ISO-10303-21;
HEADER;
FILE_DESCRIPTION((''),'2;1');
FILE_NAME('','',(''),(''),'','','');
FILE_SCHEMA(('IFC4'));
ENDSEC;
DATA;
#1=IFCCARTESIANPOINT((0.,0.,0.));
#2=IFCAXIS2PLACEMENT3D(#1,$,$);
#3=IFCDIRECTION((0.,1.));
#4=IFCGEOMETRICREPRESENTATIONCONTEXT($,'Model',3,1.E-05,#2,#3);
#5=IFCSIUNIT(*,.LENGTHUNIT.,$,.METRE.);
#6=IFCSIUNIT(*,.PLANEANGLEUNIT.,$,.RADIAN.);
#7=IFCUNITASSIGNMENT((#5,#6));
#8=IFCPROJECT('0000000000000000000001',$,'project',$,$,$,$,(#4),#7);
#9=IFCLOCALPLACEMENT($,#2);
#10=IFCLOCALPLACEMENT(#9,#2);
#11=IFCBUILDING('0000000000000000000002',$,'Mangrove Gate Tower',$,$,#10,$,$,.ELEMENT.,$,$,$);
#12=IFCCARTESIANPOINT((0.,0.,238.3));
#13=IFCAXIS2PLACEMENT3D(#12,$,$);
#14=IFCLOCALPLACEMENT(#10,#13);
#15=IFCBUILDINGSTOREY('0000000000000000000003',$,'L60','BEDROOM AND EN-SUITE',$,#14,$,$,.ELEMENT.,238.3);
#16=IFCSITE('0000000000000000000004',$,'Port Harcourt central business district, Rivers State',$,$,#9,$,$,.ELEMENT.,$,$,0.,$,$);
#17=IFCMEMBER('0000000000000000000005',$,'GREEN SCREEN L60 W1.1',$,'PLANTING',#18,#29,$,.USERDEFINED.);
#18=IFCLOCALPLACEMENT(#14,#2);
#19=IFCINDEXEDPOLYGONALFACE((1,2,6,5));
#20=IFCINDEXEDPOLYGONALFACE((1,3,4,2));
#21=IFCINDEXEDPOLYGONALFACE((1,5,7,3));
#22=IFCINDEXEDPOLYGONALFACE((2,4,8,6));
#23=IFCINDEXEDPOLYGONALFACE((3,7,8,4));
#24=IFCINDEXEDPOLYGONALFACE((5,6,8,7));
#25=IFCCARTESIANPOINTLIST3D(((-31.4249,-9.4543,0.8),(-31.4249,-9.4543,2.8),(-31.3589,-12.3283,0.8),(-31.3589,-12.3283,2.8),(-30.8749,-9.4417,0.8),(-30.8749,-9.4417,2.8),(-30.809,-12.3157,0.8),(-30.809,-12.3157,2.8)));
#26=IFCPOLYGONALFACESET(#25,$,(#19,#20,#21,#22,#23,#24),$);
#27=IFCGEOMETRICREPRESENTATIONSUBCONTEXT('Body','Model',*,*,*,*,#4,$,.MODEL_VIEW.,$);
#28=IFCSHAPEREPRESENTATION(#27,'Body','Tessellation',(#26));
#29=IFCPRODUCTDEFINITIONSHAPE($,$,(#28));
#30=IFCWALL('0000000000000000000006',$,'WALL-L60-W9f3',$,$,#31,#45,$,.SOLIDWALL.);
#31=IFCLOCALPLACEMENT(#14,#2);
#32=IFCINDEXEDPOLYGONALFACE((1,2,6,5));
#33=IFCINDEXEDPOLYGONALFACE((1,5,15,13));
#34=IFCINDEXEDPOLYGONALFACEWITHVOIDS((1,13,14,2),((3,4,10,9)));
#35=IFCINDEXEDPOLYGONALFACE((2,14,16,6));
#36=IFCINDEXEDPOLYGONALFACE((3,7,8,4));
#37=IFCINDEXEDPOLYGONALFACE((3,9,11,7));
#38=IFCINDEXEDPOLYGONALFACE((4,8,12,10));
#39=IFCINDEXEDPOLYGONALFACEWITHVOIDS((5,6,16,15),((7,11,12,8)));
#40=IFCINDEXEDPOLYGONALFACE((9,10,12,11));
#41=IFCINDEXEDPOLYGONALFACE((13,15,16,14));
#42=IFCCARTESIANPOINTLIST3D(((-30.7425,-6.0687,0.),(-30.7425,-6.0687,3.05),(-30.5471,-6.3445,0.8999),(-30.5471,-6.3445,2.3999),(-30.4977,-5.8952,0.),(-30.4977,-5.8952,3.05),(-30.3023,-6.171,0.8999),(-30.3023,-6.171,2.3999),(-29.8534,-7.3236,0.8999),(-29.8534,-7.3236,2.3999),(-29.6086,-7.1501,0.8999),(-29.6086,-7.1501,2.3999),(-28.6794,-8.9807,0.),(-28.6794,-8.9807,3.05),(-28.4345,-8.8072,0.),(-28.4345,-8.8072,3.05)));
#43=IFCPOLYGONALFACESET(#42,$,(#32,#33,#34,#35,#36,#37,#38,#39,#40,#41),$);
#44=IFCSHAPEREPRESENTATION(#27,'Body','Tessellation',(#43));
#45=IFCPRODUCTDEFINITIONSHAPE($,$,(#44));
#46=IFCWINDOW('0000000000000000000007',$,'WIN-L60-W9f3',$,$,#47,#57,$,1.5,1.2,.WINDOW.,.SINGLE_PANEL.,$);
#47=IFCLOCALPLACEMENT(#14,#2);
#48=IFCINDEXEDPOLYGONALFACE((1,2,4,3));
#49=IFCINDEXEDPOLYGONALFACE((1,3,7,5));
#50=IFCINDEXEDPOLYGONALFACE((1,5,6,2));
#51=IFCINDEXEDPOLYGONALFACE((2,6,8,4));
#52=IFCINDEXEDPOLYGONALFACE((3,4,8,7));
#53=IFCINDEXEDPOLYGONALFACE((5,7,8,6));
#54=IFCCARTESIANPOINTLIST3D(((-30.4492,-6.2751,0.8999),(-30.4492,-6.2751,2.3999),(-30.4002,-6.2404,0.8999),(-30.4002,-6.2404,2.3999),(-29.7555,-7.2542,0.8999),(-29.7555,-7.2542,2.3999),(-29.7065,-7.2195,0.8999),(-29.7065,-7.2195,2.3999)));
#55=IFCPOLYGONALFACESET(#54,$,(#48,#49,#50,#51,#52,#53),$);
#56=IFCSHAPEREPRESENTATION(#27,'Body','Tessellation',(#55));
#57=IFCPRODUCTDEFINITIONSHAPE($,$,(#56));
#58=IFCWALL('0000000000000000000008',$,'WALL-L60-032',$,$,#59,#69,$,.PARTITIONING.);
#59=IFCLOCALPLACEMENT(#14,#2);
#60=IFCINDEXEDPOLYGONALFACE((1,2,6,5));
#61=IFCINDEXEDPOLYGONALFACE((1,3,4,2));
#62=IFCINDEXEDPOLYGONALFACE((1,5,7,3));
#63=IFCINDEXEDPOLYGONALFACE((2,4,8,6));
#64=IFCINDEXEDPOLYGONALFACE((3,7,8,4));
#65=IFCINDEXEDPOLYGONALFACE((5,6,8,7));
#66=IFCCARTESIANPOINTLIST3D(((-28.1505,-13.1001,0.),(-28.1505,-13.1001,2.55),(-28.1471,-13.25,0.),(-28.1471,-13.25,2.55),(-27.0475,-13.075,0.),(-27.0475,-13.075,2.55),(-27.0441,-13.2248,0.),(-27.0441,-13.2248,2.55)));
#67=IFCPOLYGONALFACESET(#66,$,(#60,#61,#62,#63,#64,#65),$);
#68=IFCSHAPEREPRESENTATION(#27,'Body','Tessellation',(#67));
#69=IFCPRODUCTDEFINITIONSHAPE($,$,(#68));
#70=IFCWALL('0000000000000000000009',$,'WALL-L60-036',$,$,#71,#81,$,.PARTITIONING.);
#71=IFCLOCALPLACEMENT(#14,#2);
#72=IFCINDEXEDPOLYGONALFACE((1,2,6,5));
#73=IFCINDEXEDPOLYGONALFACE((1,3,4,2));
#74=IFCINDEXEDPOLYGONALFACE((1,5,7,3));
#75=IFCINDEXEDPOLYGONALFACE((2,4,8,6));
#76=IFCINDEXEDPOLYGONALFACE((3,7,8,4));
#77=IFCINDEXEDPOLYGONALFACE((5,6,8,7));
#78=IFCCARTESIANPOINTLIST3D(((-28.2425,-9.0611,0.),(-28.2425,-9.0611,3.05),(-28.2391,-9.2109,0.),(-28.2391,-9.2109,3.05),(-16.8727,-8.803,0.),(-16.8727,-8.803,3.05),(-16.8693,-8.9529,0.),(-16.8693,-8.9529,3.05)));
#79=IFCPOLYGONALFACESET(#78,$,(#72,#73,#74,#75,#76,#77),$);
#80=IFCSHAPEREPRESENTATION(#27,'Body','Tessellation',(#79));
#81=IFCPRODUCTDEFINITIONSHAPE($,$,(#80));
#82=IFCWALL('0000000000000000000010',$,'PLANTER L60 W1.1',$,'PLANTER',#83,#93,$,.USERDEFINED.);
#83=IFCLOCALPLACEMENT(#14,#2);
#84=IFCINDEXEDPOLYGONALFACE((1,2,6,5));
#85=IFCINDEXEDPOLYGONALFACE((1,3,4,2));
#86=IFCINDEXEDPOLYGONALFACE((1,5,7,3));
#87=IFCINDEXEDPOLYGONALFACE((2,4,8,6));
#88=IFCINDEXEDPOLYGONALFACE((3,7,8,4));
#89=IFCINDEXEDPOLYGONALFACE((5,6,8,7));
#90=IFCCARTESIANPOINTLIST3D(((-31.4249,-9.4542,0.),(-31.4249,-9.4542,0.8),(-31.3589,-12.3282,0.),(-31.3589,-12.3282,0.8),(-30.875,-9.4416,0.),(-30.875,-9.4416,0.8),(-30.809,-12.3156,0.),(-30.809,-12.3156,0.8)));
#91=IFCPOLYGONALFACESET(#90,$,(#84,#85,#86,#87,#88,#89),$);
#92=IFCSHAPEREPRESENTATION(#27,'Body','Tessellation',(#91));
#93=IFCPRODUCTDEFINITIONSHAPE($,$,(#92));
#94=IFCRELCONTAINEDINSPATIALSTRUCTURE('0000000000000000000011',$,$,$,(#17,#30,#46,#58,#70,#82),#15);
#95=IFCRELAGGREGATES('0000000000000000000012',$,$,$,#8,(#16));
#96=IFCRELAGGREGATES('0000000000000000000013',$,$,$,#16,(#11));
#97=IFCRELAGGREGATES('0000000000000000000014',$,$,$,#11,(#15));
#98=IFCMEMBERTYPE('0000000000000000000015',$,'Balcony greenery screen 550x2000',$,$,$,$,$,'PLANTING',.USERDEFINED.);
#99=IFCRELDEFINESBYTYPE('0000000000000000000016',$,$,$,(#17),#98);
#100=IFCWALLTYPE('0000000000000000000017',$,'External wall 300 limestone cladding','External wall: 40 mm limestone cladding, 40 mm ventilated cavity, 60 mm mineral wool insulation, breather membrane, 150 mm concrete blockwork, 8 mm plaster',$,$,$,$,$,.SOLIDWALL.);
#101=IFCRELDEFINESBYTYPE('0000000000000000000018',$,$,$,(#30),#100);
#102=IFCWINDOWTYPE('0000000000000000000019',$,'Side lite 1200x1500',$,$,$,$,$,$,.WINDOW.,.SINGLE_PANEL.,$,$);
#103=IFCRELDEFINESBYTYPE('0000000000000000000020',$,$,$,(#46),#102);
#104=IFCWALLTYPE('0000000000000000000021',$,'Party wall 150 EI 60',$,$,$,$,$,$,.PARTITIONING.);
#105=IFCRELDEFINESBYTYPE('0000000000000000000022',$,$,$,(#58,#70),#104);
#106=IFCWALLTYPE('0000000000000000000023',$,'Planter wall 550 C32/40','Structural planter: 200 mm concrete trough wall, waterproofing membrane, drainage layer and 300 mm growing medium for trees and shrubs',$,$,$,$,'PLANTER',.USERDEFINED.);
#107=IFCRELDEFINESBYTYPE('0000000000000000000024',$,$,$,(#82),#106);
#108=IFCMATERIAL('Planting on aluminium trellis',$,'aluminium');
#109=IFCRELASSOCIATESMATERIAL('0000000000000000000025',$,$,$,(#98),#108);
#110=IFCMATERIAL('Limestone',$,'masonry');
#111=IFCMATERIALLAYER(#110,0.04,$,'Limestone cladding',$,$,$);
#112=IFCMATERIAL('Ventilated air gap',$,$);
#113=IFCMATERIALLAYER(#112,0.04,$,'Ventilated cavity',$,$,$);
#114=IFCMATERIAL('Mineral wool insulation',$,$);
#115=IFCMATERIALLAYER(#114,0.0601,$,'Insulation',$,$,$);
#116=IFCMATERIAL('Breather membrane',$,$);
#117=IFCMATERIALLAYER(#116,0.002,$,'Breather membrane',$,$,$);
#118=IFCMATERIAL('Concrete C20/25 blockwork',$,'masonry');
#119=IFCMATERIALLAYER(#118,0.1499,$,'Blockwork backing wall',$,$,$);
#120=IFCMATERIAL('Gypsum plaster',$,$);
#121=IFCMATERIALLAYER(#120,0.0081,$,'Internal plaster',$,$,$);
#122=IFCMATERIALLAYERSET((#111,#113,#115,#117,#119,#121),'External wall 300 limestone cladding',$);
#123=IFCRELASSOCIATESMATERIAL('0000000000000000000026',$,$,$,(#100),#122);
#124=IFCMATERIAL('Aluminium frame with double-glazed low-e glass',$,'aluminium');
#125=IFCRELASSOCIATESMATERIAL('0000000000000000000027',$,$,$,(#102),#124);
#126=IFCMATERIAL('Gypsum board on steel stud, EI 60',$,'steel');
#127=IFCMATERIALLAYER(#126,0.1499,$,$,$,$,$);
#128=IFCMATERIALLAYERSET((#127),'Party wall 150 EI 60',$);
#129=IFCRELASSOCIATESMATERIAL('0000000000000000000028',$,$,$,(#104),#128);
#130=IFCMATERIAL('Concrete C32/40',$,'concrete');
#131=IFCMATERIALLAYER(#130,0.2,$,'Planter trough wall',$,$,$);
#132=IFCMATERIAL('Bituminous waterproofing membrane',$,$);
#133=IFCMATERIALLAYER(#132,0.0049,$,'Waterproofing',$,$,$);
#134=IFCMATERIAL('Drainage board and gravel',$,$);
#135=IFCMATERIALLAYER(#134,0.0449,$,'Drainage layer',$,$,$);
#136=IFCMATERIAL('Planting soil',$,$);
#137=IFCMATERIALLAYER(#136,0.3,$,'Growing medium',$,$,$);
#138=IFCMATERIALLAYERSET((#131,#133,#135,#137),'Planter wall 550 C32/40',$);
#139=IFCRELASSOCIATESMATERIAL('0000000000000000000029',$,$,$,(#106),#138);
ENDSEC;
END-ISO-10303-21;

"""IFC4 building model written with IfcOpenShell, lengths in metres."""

from ifc_helpers import new_model, si_unit, direction, frame, frame_2d, origin, origin_2d, place, context, subcontext, project, spatial, rectangle, extrude, material, layer, layer_set, material_profile, profile_set, type_object, element, fill, save


model = new_model("IFC4")

# Units and contexts
model_context = context("Model", 3, precision=1e-05, world=origin(), true_north=direction((0.0, 1.0)))
body_context = subcontext(model_context, "Body", "Model", "MODEL_VIEW")
ifc_project = project(units=[si_unit("LENGTHUNIT", "METRE"), si_unit("PLANEANGLEUNIT", "RADIAN")], contexts=[model_context])

# Site, building, storey
site_placement = place(None, origin())
site = spatial("IfcSite", under=ifc_project, at=site_placement, Name="Port Harcourt central business district, Rivers State", CompositionType="ELEMENT", RefElevation=0.0)
building_placement = place(site_placement, origin())
building = spatial("IfcBuilding", under=site, at=building_placement, Name="Mangrove Gate Tower", CompositionType="ELEMENT")
storey_placement = place(building_placement, frame((0.0, 0.0, 238.3)))
storey = spatial("IfcBuildingStorey", under=building, at=storey_placement, Name="L60", Description="BEDROOM AND EN-SUITE", CompositionType="ELEMENT", Elevation=238.3)

# Member
ifc_material_1 = material(Name="Planting on aluminium trellis", Category="aluminium")
ifc_material_profile = material_profile(ifc_material_1, rectangle(XDim=0.55, YDim=2.0, at=origin_2d()))
ifc_profile_set = profile_set([ifc_material_profile], Name="Planting on aluminium trellis")
member_type = type_object("IfcMemberType", Name="Balcony greenery screen 550x2000", ElementType="PLANTING", PredefinedType="USERDEFINED", material=ifc_profile_set)
member_placement = place(storey_placement, frame((-31.084, -12.322, 1.8), z_axis=(-0.02293, 0.999737, 0.0), x_axis=(-0.999737, -0.02293, 0.0)))
element("IfcMember", 1, at=member_placement, inside=storey, type_object=member_type, Name="GREEN SCREEN L60 W1.1", ObjectType="PLANTING", PredefinedType="USERDEFINED", context=body_context, shape_type="SweptSolid", body=[
    extrude(rectangle(XDim=0.55, YDim=2.0, at=origin_2d()), origin(), (0.0, 0.0, 1.0), 2.8748),
])

# Wall, opening, window
ifc_material_2 = material(Name="Limestone", Category="masonry")
ifc_layer_1 = layer(ifc_material_2, 0.04, Name="Limestone cladding")
ifc_material_3 = material(Name="Ventilated air gap")
ifc_layer_2 = layer(ifc_material_3, 0.04, Name="Ventilated cavity")
ifc_material_4 = material(Name="Mineral wool insulation")
ifc_layer_3 = layer(ifc_material_4, 0.0601, Name="Insulation")
ifc_material_5 = material(Name="Breather membrane")
ifc_layer_4 = layer(ifc_material_5, 0.002, Name="Breather membrane")
ifc_material_6 = material(Name="Concrete C20/25 blockwork", Category="masonry")
ifc_layer_5 = layer(ifc_material_6, 0.1499, Name="Blockwork backing wall")
ifc_material_7 = material(Name="Gypsum plaster")
ifc_layer_6 = layer(ifc_material_7, 0.0081, Name="Internal plaster")
ifc_layer_set_1 = layer_set([ifc_layer_1, ifc_layer_2, ifc_layer_3, ifc_layer_4, ifc_layer_5, ifc_layer_6], Name="External wall 300 limestone cladding")
wall_type_1 = type_object("IfcWallType", Name="External wall 300 limestone cladding", Description="External wall: 40 mm limestone cladding, 40 mm ventilated cavity, 60 mm mineral wool insulation, breather membrane, 150 mm concrete blockwork, 8 mm plaster", PredefinedType="SOLIDWALL", material=ifc_layer_set_1)
wall_1_placement = place(storey_placement, frame((-30.6201, -5.9819, 0.0), z_axis=(0.0, 0.0, 1.0), x_axis=(0.578108, -0.81596, 0.0)))
wall_1 = element("IfcWall", 2, at=wall_1_placement, inside=storey, type_object=wall_type_1, Name="WALL-L60-W9f3", PredefinedType="SOLIDWALL", context=body_context, shape_type="SweptSolid", body=[
    extrude(rectangle(XDim=3.5688, YDim=0.3, at=frame_2d((1.7844, 0.0))), origin(), (0.0, 0.0, 1.0), 3.05),
])
opening_1_placement = place(wall_1_placement, frame((0.3379, 0.0, 0.8999)))
opening_1 = element("IfcOpeningElement", 3, at=opening_1_placement, cuts=wall_1, PredefinedType="OPENING", context=body_context, shape_type="SweptSolid", body=[
    extrude(rectangle(XDim=1.2, YDim=1.5, at=frame_2d((0.6001, 0.75))), frame((0.0, 0.1599, 0.0), z_axis=(0.0, -1.0, 0.0), x_axis=(1.0, 0.0, 0.0)), (0.0, 0.0, 1.0), 0.3201),
])
ifc_material_8 = material(Name="Aluminium frame with double-glazed low-e glass", Category="aluminium")
window_type_1 = type_object("IfcWindowType", Name="Side lite 1200x1500", PartitioningType="SINGLE_PANEL", PredefinedType="WINDOW", material=ifc_material_8)
window_1_placement = place(opening_1_placement, origin())
window_1 = element("IfcWindow", 4, at=window_1_placement, inside=storey, type_object=window_type_1, Name="WIN-L60-W9f3", OverallHeight=1.5, OverallWidth=1.2, PartitioningType="SINGLE_PANEL", PredefinedType="WINDOW", context=body_context, shape_type="SweptSolid", body=[
    extrude(rectangle(XDim=1.2, YDim=1.5, at=frame_2d((0.6001, 0.75))), frame((0.0, 0.03, 0.0), z_axis=(0.0, -1.0, 0.0), x_axis=(1.0, 0.0, 0.0)), (0.0, 0.0, 1.0), 0.0601),
])
fill(opening_1, window_1)

# Walls
ifc_material_9 = material(Name="Gypsum board on steel stud, EI 60", Category="steel")
ifc_layer_7 = layer(ifc_material_9, 0.1499)
ifc_layer_set_2 = layer_set([ifc_layer_7], Name="Party wall 150 EI 60")
wall_type_2 = type_object("IfcWallType", Name="Party wall 150 EI 60", PredefinedType="PARTITIONING", material=ifc_layer_set_2)
wall_2_placement = place(storey_placement, frame((-28.1489, -13.175, 0.0), z_axis=(0.0, 0.0, 1.0), x_axis=(0.99974, 0.022792, 0.0)))
element("IfcWall", 5, at=wall_2_placement, inside=storey, type_object=wall_type_2, Name="WALL-L60-032", PredefinedType="PARTITIONING", context=body_context, shape_type="SweptSolid", body=[
    extrude(rectangle(XDim=1.1033, YDim=0.1499, at=frame_2d((0.5518, 0.0))), origin(), (0.0, 0.0, 1.0), 2.55),
])
wall_3_placement = place(storey_placement, frame((-28.241, -9.136, 0.0), z_axis=(0.0, 0.0, 1.0), x_axis=(0.999743, 0.022691, 0.0)))
element("IfcWall", 6, at=wall_3_placement, inside=storey, type_object=wall_type_2, Name="WALL-L60-036", PredefinedType="PARTITIONING", context=body_context, shape_type="SweptSolid", body=[
    extrude(rectangle(XDim=11.3728, YDim=0.1499, at=frame_2d((5.6865, 0.0))), origin(), (0.0, 0.0, 1.0), 3.05),
])
ifc_material_10 = material(Name="Concrete C32/40", Category="concrete")
ifc_layer_8 = layer(ifc_material_10, 0.2, Name="Planter trough wall")
ifc_material_11 = material(Name="Bituminous waterproofing membrane")
ifc_layer_9 = layer(ifc_material_11, 0.0049, Name="Waterproofing")
ifc_material_12 = material(Name="Drainage board and gravel")
ifc_layer_10 = layer(ifc_material_12, 0.0449, Name="Drainage layer")
ifc_material_13 = material(Name="Planting soil")
ifc_layer_11 = layer(ifc_material_13, 0.3, Name="Growing medium")
ifc_layer_set_3 = layer_set([ifc_layer_8, ifc_layer_9, ifc_layer_10, ifc_layer_11], Name="Planter wall 550 C32/40")
wall_type_3 = type_object("IfcWallType", Name="Planter wall 550 C32/40", Description="Structural planter: 200 mm concrete trough wall, waterproofing membrane, drainage layer and 300 mm growing medium for trees and shrubs", ElementType="PLANTER", PredefinedType="USERDEFINED", material=ifc_layer_set_3)
wall_4_placement = place(storey_placement, frame((-31.084, -12.322, 0.0), z_axis=(0.0, 0.0, 1.0), x_axis=(-0.02293, 0.999737, 0.0)))
element("IfcWall", 7, at=wall_4_placement, inside=storey, type_object=wall_type_3, Name="PLANTER L60 W1.1", ObjectType="PLANTER", PredefinedType="USERDEFINED", context=body_context, shape_type="SweptSolid", body=[
    extrude(rectangle(XDim=2.8748, YDim=0.55, at=frame_2d((1.4375, 0.0))), origin(), (0.0, 0.0, 1.0), 0.8),
])

save(model, "model.ifc")
